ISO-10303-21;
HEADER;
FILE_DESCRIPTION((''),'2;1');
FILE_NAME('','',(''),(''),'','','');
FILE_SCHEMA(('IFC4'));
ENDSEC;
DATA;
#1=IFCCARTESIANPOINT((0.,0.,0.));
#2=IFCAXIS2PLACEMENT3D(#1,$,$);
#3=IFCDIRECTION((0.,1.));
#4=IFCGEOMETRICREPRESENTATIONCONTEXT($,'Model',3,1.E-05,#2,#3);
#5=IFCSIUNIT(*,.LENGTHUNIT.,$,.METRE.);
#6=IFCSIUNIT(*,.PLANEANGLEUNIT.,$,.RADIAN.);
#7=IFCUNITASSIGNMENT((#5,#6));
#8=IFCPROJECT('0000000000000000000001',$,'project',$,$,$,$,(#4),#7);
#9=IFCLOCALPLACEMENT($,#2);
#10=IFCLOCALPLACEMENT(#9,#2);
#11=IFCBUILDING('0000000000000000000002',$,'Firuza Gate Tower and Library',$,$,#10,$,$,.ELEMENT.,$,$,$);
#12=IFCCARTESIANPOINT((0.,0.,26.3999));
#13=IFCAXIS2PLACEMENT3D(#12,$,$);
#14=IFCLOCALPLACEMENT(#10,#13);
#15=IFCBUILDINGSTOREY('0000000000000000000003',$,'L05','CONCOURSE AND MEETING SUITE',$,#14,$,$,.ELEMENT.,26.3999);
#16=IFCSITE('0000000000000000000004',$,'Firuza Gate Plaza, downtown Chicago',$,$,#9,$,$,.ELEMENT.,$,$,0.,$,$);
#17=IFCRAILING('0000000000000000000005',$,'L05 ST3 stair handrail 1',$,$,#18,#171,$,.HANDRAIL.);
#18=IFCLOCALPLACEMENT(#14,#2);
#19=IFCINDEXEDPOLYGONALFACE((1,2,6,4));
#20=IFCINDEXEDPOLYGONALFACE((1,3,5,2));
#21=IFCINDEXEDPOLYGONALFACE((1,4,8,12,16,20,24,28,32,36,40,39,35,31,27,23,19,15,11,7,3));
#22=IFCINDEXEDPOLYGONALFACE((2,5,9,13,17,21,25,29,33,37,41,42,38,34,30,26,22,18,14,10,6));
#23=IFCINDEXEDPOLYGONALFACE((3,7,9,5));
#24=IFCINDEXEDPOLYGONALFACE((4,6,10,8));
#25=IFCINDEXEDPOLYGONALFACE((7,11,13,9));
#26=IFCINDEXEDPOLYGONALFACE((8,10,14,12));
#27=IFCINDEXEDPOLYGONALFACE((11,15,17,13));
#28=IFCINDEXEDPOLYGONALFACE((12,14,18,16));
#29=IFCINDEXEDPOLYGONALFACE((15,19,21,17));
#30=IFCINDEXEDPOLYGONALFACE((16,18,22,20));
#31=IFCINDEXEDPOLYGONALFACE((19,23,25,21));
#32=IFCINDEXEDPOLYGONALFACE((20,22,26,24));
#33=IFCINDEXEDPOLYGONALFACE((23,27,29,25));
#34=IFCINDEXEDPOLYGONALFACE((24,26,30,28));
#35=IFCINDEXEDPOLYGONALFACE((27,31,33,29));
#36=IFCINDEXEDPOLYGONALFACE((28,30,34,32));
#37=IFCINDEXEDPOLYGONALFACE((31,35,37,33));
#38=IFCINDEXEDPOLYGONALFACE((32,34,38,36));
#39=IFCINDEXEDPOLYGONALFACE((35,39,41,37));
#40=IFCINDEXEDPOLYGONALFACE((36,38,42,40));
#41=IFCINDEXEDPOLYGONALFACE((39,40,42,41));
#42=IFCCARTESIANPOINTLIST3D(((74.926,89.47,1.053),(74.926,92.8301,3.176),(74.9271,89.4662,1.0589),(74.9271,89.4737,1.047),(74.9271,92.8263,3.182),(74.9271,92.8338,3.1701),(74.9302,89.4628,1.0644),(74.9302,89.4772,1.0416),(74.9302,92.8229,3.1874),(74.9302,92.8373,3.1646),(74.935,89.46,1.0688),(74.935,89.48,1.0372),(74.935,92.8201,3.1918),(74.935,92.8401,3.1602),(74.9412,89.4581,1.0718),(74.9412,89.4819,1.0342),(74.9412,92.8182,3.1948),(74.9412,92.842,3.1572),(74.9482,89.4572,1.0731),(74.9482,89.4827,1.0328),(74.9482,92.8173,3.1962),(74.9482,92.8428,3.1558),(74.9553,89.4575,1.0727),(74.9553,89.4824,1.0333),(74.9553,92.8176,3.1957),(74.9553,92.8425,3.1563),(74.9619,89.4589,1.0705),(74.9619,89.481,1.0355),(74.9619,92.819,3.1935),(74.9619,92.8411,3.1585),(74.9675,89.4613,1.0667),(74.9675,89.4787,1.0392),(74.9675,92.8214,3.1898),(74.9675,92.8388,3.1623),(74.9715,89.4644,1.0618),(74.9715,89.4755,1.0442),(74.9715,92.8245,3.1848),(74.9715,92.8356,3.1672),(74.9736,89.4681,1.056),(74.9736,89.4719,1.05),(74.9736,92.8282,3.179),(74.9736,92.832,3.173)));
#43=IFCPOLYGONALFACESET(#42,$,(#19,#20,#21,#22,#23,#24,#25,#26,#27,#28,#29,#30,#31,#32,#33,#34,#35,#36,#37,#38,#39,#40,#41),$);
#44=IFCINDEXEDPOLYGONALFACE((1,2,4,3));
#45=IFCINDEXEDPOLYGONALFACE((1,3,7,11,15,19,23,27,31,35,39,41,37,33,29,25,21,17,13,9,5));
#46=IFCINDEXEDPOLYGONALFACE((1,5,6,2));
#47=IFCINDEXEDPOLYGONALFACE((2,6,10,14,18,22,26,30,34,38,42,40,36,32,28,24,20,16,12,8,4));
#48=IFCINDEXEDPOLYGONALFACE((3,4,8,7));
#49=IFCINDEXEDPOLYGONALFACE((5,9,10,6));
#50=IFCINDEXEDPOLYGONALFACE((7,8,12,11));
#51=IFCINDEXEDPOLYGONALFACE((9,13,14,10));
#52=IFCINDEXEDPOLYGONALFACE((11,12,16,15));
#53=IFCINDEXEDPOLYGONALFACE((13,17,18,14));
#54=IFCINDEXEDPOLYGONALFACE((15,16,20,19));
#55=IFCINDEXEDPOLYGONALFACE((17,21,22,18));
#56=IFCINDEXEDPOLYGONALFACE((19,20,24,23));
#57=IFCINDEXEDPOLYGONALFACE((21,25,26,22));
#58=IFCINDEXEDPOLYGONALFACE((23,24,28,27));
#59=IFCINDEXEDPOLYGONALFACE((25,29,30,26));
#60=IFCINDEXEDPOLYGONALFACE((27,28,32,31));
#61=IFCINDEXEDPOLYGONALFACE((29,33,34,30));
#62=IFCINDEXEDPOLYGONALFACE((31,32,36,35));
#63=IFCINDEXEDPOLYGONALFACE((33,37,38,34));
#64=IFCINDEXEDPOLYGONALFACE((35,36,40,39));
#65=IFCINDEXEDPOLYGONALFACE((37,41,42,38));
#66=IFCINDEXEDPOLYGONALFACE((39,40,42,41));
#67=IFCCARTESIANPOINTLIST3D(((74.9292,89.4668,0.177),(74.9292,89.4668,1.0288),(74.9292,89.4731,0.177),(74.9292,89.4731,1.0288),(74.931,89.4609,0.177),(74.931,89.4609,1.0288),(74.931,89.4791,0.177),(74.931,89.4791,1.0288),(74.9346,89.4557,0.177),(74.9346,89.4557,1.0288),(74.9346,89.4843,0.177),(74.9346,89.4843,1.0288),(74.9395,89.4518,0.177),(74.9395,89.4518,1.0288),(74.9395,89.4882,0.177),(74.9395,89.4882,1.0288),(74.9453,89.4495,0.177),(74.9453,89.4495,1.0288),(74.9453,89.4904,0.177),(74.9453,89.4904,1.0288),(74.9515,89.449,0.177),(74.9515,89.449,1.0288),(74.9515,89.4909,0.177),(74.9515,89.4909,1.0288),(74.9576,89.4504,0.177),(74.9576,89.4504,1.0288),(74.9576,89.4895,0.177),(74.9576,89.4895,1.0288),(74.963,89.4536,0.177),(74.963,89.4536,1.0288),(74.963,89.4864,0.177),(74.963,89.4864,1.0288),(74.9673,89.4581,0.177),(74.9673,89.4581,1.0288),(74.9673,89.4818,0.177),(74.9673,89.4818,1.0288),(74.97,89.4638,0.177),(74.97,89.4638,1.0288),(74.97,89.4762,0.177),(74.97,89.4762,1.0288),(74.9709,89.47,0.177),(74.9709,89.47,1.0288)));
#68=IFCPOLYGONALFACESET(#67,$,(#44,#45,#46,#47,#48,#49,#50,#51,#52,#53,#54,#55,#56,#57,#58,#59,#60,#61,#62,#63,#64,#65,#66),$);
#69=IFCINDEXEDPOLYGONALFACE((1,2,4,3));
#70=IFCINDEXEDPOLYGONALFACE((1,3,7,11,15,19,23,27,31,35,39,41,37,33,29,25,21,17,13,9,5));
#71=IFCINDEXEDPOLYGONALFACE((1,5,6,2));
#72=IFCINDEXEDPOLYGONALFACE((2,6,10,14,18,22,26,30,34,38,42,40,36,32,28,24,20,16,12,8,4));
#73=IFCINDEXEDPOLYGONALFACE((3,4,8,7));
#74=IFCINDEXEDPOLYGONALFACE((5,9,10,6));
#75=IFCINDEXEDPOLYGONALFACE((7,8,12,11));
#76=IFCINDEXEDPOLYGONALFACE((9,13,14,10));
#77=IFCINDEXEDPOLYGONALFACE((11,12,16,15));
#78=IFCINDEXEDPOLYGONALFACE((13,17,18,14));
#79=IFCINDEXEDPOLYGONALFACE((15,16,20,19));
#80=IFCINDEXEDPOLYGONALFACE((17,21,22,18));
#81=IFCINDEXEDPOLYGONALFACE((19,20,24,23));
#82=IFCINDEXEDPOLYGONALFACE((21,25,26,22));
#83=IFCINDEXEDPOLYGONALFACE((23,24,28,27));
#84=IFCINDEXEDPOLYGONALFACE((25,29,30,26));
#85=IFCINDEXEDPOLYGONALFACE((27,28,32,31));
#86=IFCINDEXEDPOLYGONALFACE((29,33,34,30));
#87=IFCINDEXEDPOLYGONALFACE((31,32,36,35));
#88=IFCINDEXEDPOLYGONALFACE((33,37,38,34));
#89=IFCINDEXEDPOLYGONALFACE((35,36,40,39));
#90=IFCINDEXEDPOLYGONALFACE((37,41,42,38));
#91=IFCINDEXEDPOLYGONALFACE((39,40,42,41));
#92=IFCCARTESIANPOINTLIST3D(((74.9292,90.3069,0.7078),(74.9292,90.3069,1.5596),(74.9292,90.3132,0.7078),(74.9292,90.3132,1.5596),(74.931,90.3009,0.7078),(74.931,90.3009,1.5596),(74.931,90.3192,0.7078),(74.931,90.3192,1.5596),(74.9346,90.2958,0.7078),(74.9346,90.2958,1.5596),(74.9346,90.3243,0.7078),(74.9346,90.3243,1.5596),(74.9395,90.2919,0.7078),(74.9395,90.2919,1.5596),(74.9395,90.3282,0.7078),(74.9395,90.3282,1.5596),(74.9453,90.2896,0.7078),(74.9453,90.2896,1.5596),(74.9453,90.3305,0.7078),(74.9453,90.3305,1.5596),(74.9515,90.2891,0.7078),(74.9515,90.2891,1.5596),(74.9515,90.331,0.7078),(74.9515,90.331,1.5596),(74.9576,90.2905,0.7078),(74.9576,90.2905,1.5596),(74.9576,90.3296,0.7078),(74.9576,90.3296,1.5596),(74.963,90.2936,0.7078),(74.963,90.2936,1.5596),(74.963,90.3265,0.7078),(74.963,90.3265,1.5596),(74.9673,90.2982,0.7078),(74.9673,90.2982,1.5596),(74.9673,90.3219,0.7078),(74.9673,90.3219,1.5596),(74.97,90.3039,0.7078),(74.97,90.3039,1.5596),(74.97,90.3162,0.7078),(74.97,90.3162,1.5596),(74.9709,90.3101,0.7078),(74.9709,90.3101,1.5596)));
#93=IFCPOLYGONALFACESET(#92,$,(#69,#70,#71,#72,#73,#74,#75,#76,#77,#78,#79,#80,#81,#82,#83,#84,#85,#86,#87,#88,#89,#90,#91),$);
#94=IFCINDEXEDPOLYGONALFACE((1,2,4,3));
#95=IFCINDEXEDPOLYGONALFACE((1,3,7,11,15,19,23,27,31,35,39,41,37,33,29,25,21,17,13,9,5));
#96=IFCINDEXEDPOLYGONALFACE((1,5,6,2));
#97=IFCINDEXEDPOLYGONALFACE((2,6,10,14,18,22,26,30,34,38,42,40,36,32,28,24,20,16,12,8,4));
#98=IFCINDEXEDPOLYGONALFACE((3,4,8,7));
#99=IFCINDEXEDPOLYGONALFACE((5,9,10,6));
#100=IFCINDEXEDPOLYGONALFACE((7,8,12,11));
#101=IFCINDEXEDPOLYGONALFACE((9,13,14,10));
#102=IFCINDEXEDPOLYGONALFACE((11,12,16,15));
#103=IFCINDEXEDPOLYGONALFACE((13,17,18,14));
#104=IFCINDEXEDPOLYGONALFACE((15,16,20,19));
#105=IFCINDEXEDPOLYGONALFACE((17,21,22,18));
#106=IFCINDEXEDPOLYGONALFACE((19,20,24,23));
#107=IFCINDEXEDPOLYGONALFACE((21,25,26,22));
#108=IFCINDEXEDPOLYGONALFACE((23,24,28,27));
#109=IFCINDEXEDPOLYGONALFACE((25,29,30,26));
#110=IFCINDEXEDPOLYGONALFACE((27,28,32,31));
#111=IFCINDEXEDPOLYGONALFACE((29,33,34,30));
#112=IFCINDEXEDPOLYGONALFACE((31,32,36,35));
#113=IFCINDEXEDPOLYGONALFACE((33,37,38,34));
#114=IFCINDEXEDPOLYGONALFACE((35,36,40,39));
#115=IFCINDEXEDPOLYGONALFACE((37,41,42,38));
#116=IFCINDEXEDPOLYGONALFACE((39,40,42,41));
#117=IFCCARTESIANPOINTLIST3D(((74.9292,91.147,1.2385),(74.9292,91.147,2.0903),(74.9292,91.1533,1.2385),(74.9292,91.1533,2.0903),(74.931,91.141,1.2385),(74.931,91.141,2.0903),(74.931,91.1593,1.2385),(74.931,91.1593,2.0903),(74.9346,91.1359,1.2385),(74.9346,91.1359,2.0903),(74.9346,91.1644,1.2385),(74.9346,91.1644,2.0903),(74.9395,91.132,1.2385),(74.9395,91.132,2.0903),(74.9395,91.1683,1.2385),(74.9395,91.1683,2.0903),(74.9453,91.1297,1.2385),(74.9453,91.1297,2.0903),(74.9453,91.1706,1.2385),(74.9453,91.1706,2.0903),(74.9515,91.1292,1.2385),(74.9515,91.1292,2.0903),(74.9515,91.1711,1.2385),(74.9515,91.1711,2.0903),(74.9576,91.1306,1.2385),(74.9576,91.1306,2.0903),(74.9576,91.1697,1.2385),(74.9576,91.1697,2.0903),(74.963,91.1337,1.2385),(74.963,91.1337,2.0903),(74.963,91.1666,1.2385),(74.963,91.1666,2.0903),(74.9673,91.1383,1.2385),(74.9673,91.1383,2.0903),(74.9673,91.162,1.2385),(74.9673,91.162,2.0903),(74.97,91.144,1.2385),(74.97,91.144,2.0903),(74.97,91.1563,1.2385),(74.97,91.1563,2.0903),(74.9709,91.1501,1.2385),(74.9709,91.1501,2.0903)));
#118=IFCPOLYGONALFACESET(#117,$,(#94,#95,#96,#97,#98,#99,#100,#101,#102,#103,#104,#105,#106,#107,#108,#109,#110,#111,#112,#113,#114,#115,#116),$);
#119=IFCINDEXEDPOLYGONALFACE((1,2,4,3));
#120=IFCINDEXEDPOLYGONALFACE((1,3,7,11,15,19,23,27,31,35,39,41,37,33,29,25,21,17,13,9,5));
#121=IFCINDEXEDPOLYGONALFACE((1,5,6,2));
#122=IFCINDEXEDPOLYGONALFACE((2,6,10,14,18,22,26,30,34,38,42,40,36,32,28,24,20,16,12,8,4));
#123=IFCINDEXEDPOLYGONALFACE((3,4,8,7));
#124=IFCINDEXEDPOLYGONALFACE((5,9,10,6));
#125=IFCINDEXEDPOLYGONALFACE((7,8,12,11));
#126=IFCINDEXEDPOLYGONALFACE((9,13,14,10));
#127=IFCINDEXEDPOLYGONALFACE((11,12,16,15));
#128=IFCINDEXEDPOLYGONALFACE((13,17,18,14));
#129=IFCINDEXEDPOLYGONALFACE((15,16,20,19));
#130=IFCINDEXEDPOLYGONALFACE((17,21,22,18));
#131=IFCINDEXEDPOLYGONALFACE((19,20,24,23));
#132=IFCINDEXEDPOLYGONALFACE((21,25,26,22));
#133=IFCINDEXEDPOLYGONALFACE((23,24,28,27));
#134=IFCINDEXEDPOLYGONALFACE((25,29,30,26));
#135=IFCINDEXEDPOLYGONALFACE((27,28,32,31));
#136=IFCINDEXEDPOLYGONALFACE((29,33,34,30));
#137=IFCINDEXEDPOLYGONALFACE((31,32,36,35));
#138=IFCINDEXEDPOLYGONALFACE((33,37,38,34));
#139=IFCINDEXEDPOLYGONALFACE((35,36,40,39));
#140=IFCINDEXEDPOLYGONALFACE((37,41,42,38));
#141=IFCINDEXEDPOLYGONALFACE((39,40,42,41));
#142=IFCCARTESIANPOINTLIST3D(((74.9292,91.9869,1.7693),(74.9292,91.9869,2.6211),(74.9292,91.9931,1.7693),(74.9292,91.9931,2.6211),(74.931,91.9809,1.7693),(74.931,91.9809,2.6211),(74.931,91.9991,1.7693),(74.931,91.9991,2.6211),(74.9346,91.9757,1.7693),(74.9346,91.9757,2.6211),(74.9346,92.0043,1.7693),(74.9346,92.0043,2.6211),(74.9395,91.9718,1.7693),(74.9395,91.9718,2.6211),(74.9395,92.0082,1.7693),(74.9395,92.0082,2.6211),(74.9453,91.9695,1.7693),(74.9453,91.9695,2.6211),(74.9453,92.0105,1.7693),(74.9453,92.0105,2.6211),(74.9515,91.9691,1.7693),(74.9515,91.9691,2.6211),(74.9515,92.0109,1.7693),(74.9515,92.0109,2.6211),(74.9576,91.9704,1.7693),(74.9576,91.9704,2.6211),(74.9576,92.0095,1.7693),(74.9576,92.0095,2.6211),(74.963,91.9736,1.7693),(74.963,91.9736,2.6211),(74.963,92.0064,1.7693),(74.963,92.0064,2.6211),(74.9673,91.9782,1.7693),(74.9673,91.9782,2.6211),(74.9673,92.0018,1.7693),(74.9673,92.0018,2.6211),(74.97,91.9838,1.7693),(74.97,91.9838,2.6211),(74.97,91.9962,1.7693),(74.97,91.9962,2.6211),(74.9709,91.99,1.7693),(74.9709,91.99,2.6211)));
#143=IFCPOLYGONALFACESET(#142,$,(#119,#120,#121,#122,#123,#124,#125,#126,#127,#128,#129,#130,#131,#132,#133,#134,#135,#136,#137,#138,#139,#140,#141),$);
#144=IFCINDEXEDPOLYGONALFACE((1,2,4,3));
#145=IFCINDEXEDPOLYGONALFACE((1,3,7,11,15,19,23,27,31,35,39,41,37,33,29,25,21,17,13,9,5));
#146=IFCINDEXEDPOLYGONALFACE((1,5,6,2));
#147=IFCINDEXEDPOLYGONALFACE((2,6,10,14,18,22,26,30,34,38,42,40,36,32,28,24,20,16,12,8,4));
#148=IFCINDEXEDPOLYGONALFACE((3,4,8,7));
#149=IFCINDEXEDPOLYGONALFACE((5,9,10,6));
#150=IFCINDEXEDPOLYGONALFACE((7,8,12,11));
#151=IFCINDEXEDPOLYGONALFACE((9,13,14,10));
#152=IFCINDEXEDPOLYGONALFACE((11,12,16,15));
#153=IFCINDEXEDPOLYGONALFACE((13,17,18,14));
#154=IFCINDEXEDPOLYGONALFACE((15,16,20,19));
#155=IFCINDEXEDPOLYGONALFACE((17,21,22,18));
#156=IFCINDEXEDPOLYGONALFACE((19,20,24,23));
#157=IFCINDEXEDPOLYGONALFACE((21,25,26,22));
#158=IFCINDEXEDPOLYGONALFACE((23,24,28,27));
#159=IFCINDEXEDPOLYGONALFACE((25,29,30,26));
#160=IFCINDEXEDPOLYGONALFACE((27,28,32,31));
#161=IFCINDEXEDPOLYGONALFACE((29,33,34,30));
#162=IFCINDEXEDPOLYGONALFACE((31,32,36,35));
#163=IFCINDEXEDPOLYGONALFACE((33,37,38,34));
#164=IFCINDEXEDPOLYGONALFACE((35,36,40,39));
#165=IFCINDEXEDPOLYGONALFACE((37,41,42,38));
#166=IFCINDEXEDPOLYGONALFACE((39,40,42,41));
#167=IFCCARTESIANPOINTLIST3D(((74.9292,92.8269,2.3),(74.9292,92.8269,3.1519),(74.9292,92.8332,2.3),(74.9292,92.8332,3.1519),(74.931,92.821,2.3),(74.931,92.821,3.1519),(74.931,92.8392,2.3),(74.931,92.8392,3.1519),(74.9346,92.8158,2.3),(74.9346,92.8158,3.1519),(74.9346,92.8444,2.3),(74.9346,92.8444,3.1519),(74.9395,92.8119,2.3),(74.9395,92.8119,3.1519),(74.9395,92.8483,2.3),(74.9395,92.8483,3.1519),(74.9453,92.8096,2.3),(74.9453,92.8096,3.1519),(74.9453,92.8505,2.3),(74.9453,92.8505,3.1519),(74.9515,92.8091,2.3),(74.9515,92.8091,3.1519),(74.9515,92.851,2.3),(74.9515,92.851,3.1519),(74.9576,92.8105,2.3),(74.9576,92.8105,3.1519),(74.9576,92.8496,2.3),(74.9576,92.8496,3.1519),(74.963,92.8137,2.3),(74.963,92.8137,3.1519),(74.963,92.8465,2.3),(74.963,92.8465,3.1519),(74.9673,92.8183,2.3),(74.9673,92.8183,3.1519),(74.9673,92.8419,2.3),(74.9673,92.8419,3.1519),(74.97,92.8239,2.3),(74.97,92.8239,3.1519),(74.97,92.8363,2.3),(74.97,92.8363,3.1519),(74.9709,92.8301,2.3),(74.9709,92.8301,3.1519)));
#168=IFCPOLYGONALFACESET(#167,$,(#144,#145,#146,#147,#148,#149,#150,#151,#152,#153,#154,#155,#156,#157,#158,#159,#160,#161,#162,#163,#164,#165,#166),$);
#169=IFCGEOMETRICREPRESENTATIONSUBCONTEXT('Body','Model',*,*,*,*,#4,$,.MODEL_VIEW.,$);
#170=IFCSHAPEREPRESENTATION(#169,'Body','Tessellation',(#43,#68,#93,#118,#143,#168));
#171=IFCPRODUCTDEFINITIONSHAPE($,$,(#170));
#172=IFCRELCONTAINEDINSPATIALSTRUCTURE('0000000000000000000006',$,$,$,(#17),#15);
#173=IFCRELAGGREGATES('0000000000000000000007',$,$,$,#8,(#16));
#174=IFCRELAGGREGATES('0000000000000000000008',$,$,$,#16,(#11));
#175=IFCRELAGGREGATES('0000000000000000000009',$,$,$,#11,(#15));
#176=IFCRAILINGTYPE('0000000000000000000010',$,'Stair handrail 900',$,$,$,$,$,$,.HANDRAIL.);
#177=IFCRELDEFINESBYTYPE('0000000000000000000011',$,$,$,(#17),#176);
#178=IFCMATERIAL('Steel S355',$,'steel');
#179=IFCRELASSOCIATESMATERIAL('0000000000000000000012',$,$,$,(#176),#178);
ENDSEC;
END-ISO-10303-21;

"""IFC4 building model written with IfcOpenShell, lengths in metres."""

from ifc_helpers import new_model, si_unit, direction, frame, origin, origin_2d, place, context, subcontext, project, spatial, circle, extrude, material, type_object, element, save


model = new_model("IFC4")

# Units and contexts
model_context = context("Model", 3, precision=1e-05, world=origin(), true_north=direction((0.0, 1.0)))
body_context = subcontext(model_context, "Body", "Model", "MODEL_VIEW")
ifc_project = project(units=[si_unit("LENGTHUNIT", "METRE"), si_unit("PLANEANGLEUNIT", "RADIAN")], contexts=[model_context])

# Site, building, storey
site_placement = place(None, origin())
site = spatial("IfcSite", under=ifc_project, at=site_placement, Name="Firuza Gate Plaza, downtown Chicago", CompositionType="ELEMENT", RefElevation=0.0)
building_placement = place(site_placement, origin())
building = spatial("IfcBuilding", under=site, at=building_placement, Name="Firuza Gate Tower and Library", CompositionType="ELEMENT")
storey_placement = place(building_placement, frame((0.0, 0.0, 26.3999)))
storey = spatial("IfcBuildingStorey", under=building, at=storey_placement, Name="L05", Description="CONCOURSE AND MEETING SUITE", CompositionType="ELEMENT", Elevation=26.3999)

# Railing
ifc_material_1 = material(Name="Steel S355", Category="steel")
railing_type_1 = type_object("IfcRailingType", Name="Stair handrail 900", PredefinedType="HANDRAIL", material=ifc_material_1)
railing_1_placement = place(storey_placement, frame((74.95, 89.47, 0.177)))
element("IfcRailing", 1, at=railing_1_placement, inside=storey, type_object=railing_type_1, Name="L05 ST3 stair handrail 1", PredefinedType="HANDRAIL", context=body_context, shape_type="SweptSolid", body=[
    extrude(circle(Radius=0.0239, at=origin_2d()), frame((0.0, 0.0, 0.876), z_axis=(0.0, 0.84539, 0.53415), x_axis=(-1.0, 0.0, 0.0)), (0.0, 0.0, 1.0), 3.9746),
    extrude(circle(Radius=0.021, at=origin_2d()), origin(), (0.0, 0.0, 1.0), 0.8518),
    extrude(circle(Radius=0.021, at=origin_2d()), frame((0.0, 0.8401, 0.5308)), (0.0, 0.0, 1.0), 0.8518),
    extrude(circle(Radius=0.021, at=origin_2d()), frame((0.0, 1.6802, 1.0615)), (0.0, 0.0, 1.0), 0.8518),
    extrude(circle(Radius=0.021, at=origin_2d()), frame((0.0, 2.52, 1.5923)), (0.0, 0.0, 1.0), 0.8518),
    extrude(circle(Radius=0.021, at=origin_2d()), frame((0.0, 3.3601, 2.123)), (0.0, 0.0, 1.0), 0.8518),
])

save(model, "model.ifc")
